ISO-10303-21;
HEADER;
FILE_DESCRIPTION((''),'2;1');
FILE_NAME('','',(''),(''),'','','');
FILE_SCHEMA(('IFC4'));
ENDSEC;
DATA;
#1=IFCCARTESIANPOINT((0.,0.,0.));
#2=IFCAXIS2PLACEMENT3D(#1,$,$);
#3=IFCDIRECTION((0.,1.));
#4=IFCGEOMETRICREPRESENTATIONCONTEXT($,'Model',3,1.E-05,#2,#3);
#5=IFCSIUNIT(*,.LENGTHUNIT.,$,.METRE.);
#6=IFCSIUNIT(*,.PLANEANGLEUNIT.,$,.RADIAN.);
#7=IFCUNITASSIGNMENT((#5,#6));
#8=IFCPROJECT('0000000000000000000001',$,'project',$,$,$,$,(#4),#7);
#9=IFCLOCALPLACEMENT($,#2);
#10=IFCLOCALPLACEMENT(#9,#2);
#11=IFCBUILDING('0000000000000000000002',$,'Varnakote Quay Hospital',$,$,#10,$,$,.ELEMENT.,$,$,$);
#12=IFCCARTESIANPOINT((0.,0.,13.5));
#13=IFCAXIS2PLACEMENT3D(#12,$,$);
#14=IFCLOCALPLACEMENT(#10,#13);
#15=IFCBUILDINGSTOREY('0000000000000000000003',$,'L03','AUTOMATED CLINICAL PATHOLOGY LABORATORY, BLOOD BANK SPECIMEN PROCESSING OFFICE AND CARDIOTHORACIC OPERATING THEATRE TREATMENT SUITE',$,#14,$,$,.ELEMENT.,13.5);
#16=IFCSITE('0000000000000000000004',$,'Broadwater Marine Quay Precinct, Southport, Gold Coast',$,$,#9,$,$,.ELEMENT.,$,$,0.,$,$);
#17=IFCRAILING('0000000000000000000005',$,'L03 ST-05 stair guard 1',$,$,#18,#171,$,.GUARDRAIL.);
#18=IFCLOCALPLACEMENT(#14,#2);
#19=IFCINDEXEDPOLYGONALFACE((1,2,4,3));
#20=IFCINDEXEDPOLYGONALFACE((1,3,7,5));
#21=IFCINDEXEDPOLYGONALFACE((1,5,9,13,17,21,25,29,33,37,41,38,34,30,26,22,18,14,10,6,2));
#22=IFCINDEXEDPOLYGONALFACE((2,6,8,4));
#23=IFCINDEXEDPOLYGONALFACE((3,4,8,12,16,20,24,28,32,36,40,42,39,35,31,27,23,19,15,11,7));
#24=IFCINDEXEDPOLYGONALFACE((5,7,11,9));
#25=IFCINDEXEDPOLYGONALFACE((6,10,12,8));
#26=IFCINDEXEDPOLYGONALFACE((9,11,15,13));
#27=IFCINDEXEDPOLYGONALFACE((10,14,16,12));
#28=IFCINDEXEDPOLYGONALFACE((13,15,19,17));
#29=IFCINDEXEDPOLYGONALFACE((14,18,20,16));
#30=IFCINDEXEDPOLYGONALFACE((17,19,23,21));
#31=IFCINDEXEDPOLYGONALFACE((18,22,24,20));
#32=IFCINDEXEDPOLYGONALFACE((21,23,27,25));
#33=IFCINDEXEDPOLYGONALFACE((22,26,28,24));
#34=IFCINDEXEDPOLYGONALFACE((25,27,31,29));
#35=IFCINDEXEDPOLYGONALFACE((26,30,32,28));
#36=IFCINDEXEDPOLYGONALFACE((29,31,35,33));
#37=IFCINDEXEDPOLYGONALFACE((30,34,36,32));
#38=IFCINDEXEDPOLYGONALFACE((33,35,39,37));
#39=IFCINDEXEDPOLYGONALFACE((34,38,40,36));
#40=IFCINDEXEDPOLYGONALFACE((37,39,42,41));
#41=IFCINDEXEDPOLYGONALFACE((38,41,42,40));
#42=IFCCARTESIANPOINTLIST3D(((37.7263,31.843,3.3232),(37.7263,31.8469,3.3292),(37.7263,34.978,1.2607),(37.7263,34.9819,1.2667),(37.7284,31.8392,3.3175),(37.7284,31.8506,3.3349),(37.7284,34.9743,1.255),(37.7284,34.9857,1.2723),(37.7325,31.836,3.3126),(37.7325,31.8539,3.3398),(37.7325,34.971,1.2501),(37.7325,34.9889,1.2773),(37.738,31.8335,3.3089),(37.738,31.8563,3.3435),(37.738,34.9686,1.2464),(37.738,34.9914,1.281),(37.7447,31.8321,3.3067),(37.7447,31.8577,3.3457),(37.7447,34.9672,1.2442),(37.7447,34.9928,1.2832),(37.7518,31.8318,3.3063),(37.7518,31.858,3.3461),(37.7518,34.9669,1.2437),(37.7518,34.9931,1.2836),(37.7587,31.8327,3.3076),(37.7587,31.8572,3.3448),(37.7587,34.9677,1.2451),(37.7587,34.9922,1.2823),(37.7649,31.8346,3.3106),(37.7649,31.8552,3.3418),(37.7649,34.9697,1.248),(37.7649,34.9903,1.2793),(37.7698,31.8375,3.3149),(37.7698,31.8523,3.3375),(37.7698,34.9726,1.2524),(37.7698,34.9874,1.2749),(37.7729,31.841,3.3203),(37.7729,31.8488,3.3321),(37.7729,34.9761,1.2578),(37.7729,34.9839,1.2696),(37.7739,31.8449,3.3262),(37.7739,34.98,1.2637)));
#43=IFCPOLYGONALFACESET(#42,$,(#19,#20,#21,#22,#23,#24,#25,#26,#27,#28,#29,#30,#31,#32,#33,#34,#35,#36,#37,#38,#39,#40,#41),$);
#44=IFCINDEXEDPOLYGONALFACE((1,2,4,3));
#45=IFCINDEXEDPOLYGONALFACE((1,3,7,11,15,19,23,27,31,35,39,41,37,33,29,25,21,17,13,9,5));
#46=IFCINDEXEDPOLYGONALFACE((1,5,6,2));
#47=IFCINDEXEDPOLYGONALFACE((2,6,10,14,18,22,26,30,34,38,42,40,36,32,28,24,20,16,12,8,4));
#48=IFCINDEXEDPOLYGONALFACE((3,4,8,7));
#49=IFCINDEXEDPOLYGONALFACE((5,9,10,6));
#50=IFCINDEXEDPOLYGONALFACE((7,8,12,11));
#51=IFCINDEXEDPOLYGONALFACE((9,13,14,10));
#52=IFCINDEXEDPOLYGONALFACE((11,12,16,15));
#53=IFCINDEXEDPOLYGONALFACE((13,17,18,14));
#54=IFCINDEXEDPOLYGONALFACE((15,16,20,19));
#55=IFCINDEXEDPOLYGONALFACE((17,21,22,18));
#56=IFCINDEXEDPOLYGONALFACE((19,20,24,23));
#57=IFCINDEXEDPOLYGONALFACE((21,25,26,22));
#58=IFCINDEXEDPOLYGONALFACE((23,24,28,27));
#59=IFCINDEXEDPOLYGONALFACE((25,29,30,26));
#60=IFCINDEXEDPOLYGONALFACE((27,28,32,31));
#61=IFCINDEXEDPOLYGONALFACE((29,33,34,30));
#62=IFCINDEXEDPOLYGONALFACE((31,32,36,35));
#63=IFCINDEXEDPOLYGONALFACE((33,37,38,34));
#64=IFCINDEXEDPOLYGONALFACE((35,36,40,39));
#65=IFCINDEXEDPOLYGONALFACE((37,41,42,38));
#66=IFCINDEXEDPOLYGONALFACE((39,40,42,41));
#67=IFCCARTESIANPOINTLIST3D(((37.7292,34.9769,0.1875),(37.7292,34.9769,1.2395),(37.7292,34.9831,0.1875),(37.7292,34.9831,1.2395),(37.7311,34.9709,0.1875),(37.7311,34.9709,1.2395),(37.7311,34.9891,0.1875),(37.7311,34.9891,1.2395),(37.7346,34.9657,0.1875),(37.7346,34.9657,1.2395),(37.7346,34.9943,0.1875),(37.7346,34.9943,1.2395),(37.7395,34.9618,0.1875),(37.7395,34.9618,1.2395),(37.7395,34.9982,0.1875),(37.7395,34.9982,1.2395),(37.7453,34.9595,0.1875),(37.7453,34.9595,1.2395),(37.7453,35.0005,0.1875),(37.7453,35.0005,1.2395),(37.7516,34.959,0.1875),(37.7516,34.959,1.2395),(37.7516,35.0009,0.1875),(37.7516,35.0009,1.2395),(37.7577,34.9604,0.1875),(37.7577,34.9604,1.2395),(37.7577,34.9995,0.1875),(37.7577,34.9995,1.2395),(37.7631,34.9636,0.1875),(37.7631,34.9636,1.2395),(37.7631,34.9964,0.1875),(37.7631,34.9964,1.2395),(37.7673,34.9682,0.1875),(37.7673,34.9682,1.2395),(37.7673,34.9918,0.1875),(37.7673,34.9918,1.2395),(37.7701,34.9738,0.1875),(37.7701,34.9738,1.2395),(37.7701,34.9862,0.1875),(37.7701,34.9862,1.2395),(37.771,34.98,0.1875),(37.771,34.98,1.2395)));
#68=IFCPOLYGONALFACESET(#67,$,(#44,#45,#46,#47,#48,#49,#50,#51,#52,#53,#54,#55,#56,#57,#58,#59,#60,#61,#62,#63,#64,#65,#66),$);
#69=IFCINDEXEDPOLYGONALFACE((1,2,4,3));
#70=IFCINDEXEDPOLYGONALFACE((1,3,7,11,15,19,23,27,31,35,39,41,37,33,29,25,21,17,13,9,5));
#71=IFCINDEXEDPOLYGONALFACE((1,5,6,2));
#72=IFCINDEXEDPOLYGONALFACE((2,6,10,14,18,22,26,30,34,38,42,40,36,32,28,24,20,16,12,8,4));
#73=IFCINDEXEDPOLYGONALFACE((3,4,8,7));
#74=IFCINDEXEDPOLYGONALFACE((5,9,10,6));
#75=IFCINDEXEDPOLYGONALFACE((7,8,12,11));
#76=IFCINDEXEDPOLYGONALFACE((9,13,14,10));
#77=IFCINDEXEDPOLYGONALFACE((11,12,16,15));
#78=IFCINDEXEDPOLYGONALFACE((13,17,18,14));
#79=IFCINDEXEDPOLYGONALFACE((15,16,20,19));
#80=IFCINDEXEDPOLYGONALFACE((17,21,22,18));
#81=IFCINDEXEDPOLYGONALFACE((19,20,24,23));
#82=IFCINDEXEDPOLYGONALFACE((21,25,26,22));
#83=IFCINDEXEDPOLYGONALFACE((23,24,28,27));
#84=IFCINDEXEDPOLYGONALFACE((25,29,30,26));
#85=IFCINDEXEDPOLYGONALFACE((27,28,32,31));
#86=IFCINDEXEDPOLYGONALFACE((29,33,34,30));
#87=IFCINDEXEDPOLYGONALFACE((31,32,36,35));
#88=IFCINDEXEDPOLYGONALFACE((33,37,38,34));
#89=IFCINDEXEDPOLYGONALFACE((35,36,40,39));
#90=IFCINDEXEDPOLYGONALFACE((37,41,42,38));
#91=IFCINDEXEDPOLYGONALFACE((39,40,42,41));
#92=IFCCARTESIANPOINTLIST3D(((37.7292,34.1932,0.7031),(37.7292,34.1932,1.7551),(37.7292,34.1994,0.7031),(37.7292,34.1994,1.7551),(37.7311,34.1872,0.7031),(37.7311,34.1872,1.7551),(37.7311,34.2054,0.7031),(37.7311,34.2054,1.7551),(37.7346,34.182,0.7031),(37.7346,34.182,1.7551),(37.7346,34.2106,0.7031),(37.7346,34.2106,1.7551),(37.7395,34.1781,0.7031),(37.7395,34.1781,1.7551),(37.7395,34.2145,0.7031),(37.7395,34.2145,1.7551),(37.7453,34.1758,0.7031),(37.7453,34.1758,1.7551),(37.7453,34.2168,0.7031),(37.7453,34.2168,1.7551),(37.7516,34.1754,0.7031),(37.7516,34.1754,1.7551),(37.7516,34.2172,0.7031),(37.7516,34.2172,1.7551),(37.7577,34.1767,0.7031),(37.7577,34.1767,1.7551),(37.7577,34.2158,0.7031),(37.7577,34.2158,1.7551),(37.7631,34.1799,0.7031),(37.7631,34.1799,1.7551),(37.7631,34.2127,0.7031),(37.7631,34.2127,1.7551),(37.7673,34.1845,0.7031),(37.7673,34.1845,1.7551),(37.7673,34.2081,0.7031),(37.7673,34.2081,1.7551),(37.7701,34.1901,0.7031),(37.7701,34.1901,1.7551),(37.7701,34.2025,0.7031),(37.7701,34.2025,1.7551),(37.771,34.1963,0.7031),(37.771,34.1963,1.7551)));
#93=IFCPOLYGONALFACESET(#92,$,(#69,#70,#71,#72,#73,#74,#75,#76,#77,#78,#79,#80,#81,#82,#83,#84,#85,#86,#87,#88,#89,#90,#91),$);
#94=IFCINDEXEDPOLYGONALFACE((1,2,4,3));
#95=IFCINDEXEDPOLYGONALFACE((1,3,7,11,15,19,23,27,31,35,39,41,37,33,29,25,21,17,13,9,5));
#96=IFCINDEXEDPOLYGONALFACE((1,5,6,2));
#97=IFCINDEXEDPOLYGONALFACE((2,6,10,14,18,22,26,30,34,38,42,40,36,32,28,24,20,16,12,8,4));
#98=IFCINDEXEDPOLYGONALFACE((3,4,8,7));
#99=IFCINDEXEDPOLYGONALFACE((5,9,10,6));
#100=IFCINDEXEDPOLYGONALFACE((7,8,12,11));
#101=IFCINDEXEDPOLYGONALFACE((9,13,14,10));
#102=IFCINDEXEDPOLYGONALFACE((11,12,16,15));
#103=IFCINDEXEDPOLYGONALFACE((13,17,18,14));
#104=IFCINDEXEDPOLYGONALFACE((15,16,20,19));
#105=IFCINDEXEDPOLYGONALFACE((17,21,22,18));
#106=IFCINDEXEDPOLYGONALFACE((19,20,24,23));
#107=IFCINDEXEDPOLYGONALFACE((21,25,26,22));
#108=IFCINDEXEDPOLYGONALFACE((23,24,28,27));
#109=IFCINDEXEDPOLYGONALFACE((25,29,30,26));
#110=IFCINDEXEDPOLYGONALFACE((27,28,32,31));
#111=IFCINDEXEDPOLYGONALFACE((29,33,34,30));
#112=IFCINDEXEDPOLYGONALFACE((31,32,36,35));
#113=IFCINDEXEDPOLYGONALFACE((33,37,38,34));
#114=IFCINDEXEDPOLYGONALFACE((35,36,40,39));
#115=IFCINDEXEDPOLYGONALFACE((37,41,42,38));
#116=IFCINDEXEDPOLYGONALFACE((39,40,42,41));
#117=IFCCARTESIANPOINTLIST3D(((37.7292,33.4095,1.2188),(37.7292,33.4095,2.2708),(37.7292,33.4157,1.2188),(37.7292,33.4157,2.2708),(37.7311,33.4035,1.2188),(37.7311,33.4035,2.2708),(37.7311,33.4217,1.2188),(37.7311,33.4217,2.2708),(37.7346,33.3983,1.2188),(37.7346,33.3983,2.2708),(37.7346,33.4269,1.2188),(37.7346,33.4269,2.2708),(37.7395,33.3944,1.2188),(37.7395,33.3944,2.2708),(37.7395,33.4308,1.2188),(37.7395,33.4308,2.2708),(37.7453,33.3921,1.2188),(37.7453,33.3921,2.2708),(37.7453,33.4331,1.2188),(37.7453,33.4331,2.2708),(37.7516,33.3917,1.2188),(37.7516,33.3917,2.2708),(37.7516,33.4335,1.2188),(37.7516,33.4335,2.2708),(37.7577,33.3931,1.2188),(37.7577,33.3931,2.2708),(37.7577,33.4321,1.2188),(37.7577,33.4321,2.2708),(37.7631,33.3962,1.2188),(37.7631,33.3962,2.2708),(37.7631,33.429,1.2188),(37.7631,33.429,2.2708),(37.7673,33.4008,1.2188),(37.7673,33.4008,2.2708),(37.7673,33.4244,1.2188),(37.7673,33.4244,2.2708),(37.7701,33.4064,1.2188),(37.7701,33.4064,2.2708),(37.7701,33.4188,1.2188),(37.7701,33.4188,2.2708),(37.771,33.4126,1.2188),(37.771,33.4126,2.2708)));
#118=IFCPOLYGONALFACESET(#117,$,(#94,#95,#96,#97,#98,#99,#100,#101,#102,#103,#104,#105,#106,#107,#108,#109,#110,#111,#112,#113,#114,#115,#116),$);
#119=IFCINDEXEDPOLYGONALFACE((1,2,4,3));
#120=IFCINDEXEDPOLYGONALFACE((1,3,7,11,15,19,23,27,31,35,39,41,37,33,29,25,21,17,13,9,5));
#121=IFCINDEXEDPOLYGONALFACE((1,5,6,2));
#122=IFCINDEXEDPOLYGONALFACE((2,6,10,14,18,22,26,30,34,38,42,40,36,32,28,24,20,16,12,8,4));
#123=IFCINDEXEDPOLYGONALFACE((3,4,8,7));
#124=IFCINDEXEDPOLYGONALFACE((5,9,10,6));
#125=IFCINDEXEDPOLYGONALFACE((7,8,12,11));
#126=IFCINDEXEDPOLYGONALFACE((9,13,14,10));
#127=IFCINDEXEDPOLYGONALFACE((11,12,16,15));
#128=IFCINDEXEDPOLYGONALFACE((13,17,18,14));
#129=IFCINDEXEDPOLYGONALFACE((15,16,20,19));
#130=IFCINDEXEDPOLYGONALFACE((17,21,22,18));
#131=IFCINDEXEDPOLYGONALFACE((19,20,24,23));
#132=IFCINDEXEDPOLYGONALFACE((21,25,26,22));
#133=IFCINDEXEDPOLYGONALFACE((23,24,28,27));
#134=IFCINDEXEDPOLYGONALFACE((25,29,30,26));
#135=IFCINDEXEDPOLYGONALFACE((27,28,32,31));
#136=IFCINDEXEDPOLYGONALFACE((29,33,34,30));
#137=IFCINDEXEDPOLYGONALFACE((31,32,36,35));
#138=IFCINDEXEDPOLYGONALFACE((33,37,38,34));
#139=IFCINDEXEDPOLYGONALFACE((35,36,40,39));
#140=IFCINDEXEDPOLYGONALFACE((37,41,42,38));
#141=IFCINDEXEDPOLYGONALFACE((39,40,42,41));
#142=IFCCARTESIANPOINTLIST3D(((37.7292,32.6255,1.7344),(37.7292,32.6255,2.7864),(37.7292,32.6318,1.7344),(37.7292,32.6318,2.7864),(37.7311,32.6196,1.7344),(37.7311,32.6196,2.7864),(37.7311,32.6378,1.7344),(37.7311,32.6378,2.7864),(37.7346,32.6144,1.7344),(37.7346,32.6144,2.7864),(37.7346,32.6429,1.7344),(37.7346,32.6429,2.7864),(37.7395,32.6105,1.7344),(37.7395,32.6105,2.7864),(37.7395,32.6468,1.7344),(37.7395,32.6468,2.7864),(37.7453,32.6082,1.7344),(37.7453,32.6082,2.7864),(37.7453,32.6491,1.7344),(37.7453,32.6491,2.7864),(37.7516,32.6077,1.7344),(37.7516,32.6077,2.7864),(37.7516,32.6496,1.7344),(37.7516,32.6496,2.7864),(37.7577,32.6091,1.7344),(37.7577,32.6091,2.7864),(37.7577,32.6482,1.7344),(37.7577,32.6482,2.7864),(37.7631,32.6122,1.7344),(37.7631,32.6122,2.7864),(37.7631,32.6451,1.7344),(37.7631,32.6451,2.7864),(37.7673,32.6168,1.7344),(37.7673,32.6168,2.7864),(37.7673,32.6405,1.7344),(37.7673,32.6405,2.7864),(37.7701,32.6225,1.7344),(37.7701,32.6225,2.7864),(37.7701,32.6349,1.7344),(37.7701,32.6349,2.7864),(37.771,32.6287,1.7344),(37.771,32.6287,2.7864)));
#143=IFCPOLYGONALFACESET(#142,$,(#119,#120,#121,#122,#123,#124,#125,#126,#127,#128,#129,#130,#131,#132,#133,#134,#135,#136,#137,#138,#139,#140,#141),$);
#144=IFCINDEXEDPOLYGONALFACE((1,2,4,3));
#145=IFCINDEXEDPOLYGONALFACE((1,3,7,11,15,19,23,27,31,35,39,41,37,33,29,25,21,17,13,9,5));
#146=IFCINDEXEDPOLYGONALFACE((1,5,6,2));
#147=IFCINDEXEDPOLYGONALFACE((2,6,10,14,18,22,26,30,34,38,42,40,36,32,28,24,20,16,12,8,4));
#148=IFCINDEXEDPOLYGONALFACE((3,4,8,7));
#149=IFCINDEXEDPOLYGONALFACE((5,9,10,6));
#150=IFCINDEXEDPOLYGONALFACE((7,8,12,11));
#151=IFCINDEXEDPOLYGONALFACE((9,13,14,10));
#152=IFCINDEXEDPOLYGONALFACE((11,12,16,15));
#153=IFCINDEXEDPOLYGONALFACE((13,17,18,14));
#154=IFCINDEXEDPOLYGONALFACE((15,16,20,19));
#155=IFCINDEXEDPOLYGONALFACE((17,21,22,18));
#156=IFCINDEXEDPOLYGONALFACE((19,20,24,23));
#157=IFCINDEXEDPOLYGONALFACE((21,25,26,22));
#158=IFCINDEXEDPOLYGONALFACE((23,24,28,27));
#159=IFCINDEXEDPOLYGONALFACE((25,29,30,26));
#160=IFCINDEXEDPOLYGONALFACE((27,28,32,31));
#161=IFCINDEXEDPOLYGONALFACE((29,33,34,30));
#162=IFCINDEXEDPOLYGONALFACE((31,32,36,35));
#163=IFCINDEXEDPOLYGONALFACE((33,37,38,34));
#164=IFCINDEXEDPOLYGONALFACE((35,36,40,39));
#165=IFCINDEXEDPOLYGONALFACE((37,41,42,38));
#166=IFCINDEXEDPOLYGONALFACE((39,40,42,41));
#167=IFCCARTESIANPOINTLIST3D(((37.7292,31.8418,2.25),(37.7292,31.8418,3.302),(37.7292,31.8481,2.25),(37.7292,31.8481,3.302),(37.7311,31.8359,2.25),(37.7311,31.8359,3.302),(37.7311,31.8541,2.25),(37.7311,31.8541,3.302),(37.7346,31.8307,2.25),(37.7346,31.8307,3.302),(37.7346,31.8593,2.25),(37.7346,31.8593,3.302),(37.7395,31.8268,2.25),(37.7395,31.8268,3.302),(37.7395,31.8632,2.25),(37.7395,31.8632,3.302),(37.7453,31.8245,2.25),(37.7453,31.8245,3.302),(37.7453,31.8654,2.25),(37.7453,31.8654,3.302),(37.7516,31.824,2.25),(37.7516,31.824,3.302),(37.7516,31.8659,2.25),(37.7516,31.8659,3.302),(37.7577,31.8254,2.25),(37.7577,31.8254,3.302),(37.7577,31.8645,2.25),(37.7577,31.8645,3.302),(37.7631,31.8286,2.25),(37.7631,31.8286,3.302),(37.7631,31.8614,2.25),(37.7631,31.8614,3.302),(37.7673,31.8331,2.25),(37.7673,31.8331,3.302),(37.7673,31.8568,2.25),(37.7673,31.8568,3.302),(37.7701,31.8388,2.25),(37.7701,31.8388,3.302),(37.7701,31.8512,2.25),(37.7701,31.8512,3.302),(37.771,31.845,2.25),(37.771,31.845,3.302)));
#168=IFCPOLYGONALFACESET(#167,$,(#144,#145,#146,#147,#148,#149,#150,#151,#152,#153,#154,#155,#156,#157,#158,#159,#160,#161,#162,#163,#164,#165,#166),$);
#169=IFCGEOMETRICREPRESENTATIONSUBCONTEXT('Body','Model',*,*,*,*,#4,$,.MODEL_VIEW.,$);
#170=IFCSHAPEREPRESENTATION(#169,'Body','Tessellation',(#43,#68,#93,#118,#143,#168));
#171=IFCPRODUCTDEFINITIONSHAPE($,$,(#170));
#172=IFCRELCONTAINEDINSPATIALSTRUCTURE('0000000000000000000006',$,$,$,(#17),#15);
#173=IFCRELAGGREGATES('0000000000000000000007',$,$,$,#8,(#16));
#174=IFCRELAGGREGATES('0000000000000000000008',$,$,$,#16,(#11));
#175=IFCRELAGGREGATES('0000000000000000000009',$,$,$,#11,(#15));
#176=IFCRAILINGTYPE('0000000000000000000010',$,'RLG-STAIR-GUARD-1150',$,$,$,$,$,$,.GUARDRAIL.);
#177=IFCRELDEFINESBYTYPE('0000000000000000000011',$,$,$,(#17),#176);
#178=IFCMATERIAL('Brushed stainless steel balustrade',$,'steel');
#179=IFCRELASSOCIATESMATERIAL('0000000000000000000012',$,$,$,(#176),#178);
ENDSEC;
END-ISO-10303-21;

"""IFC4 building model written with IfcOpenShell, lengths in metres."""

from ifc_helpers import new_model, si_unit, direction, frame, origin, origin_2d, place, context, subcontext, project, spatial, circle, extrude, material, type_object, element, save


model = new_model("IFC4")

# Units and contexts
model_context = context("Model", 3, precision=1e-05, world=origin(), true_north=direction((0.0, 1.0)))
body_context = subcontext(model_context, "Body", "Model", "MODEL_VIEW")
ifc_project = project(units=[si_unit("LENGTHUNIT", "METRE"), si_unit("PLANEANGLEUNIT", "RADIAN")], contexts=[model_context])

# Site, building, storey
site_placement = place(None, origin())
site = spatial("IfcSite", under=ifc_project, at=site_placement, Name="Broadwater Marine Quay Precinct, Southport, Gold Coast", CompositionType="ELEMENT", RefElevation=0.0)
building_placement = place(site_placement, origin())
building = spatial("IfcBuilding", under=site, at=building_placement, Name="Varnakote Quay Hospital", CompositionType="ELEMENT")
storey_placement = place(building_placement, frame((0.0, 0.0, 13.5)))
storey = spatial("IfcBuildingStorey", under=building, at=storey_placement, Name="L03", Description="AUTOMATED CLINICAL PATHOLOGY LABORATORY, BLOOD BANK SPECIMEN PROCESSING OFFICE AND CARDIOTHORACIC OPERATING THEATRE TREATMENT SUITE", CompositionType="ELEMENT", Elevation=13.5)

# Railing
ifc_material_1 = material(Name="Brushed stainless steel balustrade", Category="steel")
railing_type_1 = type_object("IfcRailingType", Name="RLG-STAIR-GUARD-1150", PredefinedType="GUARDRAIL", material=ifc_material_1)
railing_1_placement = place(storey_placement, frame((37.75, 34.98, 0.1875)))
element("IfcRailing", 1, at=railing_1_placement, inside=storey, type_object=railing_type_1, Name="L03 ST-05 stair guard 1", PredefinedType="GUARDRAIL", context=body_context, shape_type="SweptSolid", body=[
    extrude(circle(Radius=0.0239, at=origin_2d()), frame((0.0, 0.0, 1.0762), z_axis=(0.0, -0.835418, 0.549615), x_axis=(1.0, 0.0, 0.0)), (0.0, 0.0, 1.0), 3.7527),
    extrude(circle(Radius=0.021, at=origin_2d()), origin(), (0.0, 0.0, 1.0), 1.052),
    extrude(circle(Radius=0.021, at=origin_2d()), frame((0.0, -0.7837, 0.5156)), (0.0, 0.0, 1.0), 1.052),
    extrude(circle(Radius=0.021, at=origin_2d()), frame((0.0, -1.5674, 1.0312)), (0.0, 0.0, 1.0), 1.052),
    extrude(circle(Radius=0.021, at=origin_2d()), frame((0.0, -2.3513, 1.5469)), (0.0, 0.0, 1.0), 1.052),
    extrude(circle(Radius=0.021, at=origin_2d()), frame((0.0, -3.135, 2.0625)), (0.0, 0.0, 1.0), 1.052),
])

save(model, "model.ifc")
